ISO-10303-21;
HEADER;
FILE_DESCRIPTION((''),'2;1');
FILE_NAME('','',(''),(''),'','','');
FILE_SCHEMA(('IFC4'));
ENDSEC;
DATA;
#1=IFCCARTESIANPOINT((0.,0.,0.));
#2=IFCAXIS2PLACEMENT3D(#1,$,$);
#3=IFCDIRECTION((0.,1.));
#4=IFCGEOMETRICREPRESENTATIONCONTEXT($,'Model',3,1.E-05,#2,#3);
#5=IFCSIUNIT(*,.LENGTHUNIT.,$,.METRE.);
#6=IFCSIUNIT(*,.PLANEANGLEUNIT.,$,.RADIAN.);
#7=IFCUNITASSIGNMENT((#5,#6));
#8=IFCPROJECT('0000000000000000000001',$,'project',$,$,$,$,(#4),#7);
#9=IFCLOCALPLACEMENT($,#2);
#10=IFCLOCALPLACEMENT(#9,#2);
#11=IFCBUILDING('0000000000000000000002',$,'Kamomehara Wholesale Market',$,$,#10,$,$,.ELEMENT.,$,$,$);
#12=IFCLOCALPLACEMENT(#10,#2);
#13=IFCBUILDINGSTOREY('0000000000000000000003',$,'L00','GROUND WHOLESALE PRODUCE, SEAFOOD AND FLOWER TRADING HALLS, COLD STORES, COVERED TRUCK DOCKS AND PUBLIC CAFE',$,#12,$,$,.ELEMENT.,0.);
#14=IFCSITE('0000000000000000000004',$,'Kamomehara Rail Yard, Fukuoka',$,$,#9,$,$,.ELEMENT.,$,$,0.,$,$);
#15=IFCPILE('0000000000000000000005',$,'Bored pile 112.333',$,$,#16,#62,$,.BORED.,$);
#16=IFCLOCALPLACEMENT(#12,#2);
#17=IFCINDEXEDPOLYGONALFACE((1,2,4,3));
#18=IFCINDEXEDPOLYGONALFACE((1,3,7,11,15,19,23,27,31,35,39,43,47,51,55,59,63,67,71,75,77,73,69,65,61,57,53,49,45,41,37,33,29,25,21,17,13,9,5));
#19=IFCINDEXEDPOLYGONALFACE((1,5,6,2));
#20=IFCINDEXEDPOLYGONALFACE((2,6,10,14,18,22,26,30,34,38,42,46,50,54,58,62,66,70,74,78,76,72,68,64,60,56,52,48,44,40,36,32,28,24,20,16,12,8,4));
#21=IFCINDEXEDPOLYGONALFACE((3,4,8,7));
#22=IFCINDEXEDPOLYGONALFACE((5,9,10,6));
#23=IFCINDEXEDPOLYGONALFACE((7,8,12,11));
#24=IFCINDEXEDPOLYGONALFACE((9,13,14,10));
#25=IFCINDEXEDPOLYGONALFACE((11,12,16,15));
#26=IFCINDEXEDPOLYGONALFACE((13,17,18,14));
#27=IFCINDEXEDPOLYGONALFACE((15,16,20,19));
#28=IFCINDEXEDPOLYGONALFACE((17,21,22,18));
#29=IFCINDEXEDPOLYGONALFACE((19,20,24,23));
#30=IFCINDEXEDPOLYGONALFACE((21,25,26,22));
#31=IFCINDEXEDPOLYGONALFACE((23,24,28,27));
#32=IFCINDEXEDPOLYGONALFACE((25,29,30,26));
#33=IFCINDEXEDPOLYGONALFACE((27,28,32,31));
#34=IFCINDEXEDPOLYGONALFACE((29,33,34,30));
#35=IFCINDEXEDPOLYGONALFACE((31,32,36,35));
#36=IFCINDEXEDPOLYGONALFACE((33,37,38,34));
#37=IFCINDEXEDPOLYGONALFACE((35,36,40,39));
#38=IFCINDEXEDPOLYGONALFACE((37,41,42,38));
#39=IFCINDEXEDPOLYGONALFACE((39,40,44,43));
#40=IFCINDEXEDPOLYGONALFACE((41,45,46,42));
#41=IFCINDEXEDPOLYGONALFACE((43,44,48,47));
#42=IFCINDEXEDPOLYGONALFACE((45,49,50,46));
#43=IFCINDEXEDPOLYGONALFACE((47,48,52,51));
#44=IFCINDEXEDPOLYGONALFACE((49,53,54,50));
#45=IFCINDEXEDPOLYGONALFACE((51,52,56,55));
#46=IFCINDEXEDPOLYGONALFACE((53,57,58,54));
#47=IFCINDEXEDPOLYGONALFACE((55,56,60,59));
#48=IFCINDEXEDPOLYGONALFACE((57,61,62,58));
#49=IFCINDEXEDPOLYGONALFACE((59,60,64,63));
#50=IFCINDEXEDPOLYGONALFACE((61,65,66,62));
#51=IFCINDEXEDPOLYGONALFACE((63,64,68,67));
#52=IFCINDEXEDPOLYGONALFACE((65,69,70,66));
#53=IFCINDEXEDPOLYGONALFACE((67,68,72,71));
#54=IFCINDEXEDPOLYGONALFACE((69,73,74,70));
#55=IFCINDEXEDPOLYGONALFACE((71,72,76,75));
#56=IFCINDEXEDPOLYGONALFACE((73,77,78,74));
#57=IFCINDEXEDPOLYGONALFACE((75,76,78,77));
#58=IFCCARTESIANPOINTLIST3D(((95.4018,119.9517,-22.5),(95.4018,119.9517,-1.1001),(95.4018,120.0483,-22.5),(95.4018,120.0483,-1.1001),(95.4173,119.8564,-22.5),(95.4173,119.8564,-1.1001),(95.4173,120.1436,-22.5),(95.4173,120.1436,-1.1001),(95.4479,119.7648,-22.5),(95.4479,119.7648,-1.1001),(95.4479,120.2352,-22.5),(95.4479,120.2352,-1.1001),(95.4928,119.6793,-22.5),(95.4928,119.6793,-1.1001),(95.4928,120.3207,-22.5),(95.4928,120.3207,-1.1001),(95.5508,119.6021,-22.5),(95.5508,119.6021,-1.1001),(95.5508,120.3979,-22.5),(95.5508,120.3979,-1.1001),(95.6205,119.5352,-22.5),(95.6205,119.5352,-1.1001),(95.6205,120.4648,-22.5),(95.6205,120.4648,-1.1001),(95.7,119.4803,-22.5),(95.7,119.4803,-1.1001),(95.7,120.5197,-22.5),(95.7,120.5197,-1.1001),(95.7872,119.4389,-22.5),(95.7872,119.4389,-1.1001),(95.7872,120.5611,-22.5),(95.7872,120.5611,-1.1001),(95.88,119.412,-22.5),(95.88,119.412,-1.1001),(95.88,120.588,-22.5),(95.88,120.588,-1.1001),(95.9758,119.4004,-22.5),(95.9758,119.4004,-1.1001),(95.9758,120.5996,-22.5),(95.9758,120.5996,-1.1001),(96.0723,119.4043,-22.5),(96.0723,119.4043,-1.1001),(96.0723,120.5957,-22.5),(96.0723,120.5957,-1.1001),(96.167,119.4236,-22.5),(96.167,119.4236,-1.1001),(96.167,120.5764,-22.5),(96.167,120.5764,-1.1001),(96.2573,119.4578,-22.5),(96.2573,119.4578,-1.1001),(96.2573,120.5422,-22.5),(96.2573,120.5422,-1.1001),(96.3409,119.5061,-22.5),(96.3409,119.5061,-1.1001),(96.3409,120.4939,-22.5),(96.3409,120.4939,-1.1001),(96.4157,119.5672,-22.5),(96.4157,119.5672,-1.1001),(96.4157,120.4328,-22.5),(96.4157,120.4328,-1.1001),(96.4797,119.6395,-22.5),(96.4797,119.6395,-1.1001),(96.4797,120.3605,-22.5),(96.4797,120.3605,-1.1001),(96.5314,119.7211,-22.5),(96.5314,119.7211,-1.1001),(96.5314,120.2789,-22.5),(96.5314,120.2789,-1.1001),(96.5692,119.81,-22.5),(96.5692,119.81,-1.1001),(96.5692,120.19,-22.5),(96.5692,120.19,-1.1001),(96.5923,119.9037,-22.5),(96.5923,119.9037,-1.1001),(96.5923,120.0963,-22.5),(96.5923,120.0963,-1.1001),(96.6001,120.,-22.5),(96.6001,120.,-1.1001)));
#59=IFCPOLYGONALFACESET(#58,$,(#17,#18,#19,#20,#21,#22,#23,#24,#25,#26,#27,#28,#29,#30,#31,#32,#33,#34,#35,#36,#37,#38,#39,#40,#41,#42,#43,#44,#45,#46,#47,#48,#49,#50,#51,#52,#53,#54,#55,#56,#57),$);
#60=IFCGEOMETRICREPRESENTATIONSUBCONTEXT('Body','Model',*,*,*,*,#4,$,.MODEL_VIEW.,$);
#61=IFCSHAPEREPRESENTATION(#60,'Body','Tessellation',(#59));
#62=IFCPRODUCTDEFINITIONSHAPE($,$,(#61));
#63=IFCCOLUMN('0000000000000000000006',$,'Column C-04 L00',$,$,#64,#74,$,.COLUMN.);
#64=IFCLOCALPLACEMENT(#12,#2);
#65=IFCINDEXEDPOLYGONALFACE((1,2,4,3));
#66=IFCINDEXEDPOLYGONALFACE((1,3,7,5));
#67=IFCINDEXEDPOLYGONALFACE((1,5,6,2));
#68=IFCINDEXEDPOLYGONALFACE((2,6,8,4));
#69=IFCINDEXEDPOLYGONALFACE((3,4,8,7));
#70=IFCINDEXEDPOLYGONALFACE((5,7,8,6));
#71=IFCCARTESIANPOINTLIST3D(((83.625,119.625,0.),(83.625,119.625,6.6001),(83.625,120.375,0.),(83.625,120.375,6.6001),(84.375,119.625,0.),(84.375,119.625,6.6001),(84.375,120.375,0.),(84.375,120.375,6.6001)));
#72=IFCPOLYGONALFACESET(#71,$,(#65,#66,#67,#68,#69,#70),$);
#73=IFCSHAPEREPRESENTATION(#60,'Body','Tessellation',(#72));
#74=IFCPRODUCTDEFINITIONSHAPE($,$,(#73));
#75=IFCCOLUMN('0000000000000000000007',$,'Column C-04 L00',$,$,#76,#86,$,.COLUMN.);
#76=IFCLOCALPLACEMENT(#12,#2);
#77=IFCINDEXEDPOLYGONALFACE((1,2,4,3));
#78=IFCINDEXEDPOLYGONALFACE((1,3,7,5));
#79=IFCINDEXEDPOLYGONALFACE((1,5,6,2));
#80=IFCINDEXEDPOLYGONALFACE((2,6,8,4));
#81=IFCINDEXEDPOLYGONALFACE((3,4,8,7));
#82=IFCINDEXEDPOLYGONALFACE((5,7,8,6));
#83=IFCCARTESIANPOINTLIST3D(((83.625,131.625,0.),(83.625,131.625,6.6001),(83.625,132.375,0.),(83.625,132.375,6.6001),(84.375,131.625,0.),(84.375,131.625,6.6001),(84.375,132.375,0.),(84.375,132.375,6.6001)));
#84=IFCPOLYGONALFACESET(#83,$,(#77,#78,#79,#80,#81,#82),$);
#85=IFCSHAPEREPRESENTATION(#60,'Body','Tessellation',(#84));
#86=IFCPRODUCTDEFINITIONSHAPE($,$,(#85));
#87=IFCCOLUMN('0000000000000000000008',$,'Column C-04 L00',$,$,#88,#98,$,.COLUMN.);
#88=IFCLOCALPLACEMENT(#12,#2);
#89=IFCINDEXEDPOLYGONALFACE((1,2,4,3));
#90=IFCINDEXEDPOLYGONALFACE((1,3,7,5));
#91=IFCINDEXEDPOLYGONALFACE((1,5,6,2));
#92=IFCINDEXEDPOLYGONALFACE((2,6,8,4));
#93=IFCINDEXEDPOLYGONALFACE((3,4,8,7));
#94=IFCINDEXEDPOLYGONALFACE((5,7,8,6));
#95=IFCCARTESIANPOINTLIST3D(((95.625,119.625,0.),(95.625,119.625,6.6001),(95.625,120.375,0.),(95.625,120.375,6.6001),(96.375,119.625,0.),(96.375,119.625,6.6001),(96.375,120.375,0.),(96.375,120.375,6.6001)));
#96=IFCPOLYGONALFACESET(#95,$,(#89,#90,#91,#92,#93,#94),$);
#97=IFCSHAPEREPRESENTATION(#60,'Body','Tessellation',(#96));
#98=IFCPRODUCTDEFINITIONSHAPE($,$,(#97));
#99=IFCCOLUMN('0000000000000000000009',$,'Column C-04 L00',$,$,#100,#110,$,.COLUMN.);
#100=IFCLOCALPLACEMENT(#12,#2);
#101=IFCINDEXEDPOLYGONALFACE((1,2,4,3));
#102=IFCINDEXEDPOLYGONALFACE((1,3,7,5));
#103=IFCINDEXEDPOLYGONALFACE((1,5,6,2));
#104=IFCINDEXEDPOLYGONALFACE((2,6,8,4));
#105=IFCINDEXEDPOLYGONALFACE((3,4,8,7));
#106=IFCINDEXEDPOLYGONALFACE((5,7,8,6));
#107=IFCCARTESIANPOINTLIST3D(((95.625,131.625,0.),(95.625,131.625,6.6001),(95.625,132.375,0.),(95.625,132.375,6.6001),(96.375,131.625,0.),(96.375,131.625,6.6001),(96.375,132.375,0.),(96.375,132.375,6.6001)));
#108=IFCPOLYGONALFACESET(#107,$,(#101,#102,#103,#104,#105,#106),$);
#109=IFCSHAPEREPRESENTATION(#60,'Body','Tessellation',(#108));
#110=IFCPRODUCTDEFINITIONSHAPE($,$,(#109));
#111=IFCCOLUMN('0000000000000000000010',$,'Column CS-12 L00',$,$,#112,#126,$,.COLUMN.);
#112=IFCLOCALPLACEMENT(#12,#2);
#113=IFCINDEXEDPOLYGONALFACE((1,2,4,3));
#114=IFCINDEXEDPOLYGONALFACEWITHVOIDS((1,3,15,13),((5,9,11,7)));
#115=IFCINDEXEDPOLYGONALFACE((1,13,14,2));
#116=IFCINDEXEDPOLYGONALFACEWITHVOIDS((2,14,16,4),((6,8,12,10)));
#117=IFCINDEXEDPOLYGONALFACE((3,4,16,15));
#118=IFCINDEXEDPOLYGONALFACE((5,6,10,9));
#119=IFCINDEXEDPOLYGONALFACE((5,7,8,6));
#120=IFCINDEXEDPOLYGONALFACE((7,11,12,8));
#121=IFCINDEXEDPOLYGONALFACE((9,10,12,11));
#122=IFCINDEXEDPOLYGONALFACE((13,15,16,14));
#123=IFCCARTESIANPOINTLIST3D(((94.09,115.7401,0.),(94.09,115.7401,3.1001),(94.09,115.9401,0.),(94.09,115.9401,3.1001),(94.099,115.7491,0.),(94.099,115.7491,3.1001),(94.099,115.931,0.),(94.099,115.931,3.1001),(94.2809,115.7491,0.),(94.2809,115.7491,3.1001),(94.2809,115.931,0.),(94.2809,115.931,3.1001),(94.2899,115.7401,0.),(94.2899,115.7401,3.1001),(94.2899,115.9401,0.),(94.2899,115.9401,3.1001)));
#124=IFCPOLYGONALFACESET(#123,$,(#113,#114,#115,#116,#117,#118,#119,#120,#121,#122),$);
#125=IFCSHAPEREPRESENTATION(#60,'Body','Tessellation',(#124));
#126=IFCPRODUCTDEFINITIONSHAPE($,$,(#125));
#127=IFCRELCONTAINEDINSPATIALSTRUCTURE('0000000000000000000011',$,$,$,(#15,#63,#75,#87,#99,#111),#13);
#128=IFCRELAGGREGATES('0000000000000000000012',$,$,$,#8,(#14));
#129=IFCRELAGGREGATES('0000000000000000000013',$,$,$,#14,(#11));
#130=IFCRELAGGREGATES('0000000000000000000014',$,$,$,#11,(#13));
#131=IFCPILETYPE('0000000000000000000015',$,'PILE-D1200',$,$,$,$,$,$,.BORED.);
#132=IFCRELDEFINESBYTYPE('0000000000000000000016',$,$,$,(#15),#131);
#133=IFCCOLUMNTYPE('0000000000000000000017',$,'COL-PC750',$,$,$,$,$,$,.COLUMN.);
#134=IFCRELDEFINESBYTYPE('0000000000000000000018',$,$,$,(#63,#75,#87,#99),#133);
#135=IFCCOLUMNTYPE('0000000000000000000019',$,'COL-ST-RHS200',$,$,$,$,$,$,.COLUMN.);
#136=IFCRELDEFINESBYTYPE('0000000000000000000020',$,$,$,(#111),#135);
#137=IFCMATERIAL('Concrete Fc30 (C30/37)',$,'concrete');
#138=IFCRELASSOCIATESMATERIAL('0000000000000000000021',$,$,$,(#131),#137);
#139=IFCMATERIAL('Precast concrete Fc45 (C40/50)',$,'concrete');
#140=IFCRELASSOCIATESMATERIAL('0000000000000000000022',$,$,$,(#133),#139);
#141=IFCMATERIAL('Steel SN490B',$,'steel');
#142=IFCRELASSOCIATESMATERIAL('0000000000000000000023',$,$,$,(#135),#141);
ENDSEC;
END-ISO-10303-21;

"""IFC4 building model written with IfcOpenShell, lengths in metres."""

from ifc_helpers import new_model, si_unit, direction, frame, origin, origin_2d, place, context, subcontext, project, spatial, rectangle, hollow_rectangle, circle, extrude, material, material_profile, profile_set, type_object, element, save


model = new_model("IFC4")

# Units and contexts
model_context = context("Model", 3, precision=1e-05, world=origin(), true_north=direction((0.0, 1.0)))
body_context = subcontext(model_context, "Body", "Model", "MODEL_VIEW")
ifc_project = project(units=[si_unit("LENGTHUNIT", "METRE"), si_unit("PLANEANGLEUNIT", "RADIAN")], contexts=[model_context])

# Site, building, storey
site_placement = place(None, origin())
site = spatial("IfcSite", under=ifc_project, at=site_placement, Name="Kamomehara Rail Yard, Fukuoka", CompositionType="ELEMENT", RefElevation=0.0)
building_placement = place(site_placement, origin())
building = spatial("IfcBuilding", under=site, at=building_placement, Name="Kamomehara Wholesale Market", CompositionType="ELEMENT")
storey_placement = place(building_placement, origin())
storey = spatial("IfcBuildingStorey", under=building, at=storey_placement, Name="L00", Description="GROUND WHOLESALE PRODUCE, SEAFOOD AND FLOWER TRADING HALLS, COLD STORES, COVERED TRUCK DOCKS AND PUBLIC CAFE", CompositionType="ELEMENT", Elevation=0.0)

# Pile
ifc_material_1 = material(Name="Concrete Fc30 (C30/37)", Category="concrete")
ifc_material_profile_1 = material_profile(ifc_material_1, circle(Radius=0.6001, at=origin_2d()), Name="RC-PILE-D1200")
ifc_profile_set_1 = profile_set([ifc_material_profile_1], Name="Concrete Fc30 (C30/37)")
pile_type_1 = type_object("IfcPileType", Name="PILE-D1200", PredefinedType="BORED", material=ifc_profile_set_1)
for number, where, z_axis, x_axis, name in (
    (1, (96.0, 120.0, -1.1001), (0.0, 0.0, -1.0), (1.0, 0.0, 0.0), "Bored pile 112.333"),
):
    element("IfcPile", number, at=place(storey_placement, frame(where, z_axis=z_axis, x_axis=x_axis)), inside=storey, type_object=pile_type_1, Name=name, PredefinedType="BORED", context=body_context, shape_type="SweptSolid", body=[
        extrude(circle(Radius=0.6001, at=origin_2d()), origin(), (0.0, 0.0, 1.0), 21.3999),
    ])

# Columns
ifc_material_2 = material(Name="Precast concrete Fc45 (C40/50)", Category="concrete")
ifc_material_profile_2 = material_profile(ifc_material_2, rectangle(XDim=0.75, YDim=0.75, at=origin_2d()), Name="PC-COL-750x750")
ifc_profile_set_2 = profile_set([ifc_material_profile_2], Name="Precast concrete Fc45 (C40/50)")
column_type_1 = type_object("IfcColumnType", Name="COL-PC750", PredefinedType="COLUMN", material=ifc_profile_set_2)
for number, where, z_axis, x_axis, name in (
    (2, (84.0, 120.0, 0.0), (0.0, 0.0, 1.0), (1.0, 0.0, 0.0), "Column C-04 L00"),
    (3, (84.0, 132.0, 0.0), (0.0, 0.0, 1.0), (1.0, 0.0, 0.0), "Column C-04 L00"),
    (4, (96.0, 120.0, 0.0), (0.0, 0.0, 1.0), (1.0, 0.0, 0.0), "Column C-04 L00"),
    (5, (96.0, 132.0, 0.0), (0.0, 0.0, 1.0), (1.0, 0.0, 0.0), "Column C-04 L00"),
):
    element("IfcColumn", number, at=place(storey_placement, frame(where, z_axis=z_axis, x_axis=x_axis)), inside=storey, type_object=column_type_1, Name=name, PredefinedType="COLUMN", context=body_context, shape_type="SweptSolid", body=[
        extrude(rectangle(XDim=0.75, YDim=0.75, at=origin_2d()), origin(), (0.0, 0.0, 1.0), 6.6001),
    ])
ifc_material_3 = material(Name="Steel SN490B", Category="steel")
ifc_material_profile_3 = material_profile(ifc_material_3, hollow_rectangle(XDim=0.2, YDim=0.2, WallThickness=0.009, at=origin_2d()), Name="RHS-200x200x9")
ifc_profile_set_3 = profile_set([ifc_material_profile_3], Name="Steel SN490B")
column_type_2 = type_object("IfcColumnType", Name="COL-ST-RHS200", PredefinedType="COLUMN", material=ifc_profile_set_3)
column_placement = place(storey_placement, frame((94.1899, 115.8401, 0.0), z_axis=(0.0, 0.0, 1.0), x_axis=(1.0, 0.0, 0.0)))
element("IfcColumn", 6, at=column_placement, inside=storey, type_object=column_type_2, Name="Column CS-12 L00", PredefinedType="COLUMN", context=body_context, shape_type="SweptSolid", body=[
    extrude(hollow_rectangle(XDim=0.2, YDim=0.2, WallThickness=0.009, at=origin_2d()), origin(), (0.0, 0.0, 1.0), 3.1001),
])

save(model, "model.ifc")
